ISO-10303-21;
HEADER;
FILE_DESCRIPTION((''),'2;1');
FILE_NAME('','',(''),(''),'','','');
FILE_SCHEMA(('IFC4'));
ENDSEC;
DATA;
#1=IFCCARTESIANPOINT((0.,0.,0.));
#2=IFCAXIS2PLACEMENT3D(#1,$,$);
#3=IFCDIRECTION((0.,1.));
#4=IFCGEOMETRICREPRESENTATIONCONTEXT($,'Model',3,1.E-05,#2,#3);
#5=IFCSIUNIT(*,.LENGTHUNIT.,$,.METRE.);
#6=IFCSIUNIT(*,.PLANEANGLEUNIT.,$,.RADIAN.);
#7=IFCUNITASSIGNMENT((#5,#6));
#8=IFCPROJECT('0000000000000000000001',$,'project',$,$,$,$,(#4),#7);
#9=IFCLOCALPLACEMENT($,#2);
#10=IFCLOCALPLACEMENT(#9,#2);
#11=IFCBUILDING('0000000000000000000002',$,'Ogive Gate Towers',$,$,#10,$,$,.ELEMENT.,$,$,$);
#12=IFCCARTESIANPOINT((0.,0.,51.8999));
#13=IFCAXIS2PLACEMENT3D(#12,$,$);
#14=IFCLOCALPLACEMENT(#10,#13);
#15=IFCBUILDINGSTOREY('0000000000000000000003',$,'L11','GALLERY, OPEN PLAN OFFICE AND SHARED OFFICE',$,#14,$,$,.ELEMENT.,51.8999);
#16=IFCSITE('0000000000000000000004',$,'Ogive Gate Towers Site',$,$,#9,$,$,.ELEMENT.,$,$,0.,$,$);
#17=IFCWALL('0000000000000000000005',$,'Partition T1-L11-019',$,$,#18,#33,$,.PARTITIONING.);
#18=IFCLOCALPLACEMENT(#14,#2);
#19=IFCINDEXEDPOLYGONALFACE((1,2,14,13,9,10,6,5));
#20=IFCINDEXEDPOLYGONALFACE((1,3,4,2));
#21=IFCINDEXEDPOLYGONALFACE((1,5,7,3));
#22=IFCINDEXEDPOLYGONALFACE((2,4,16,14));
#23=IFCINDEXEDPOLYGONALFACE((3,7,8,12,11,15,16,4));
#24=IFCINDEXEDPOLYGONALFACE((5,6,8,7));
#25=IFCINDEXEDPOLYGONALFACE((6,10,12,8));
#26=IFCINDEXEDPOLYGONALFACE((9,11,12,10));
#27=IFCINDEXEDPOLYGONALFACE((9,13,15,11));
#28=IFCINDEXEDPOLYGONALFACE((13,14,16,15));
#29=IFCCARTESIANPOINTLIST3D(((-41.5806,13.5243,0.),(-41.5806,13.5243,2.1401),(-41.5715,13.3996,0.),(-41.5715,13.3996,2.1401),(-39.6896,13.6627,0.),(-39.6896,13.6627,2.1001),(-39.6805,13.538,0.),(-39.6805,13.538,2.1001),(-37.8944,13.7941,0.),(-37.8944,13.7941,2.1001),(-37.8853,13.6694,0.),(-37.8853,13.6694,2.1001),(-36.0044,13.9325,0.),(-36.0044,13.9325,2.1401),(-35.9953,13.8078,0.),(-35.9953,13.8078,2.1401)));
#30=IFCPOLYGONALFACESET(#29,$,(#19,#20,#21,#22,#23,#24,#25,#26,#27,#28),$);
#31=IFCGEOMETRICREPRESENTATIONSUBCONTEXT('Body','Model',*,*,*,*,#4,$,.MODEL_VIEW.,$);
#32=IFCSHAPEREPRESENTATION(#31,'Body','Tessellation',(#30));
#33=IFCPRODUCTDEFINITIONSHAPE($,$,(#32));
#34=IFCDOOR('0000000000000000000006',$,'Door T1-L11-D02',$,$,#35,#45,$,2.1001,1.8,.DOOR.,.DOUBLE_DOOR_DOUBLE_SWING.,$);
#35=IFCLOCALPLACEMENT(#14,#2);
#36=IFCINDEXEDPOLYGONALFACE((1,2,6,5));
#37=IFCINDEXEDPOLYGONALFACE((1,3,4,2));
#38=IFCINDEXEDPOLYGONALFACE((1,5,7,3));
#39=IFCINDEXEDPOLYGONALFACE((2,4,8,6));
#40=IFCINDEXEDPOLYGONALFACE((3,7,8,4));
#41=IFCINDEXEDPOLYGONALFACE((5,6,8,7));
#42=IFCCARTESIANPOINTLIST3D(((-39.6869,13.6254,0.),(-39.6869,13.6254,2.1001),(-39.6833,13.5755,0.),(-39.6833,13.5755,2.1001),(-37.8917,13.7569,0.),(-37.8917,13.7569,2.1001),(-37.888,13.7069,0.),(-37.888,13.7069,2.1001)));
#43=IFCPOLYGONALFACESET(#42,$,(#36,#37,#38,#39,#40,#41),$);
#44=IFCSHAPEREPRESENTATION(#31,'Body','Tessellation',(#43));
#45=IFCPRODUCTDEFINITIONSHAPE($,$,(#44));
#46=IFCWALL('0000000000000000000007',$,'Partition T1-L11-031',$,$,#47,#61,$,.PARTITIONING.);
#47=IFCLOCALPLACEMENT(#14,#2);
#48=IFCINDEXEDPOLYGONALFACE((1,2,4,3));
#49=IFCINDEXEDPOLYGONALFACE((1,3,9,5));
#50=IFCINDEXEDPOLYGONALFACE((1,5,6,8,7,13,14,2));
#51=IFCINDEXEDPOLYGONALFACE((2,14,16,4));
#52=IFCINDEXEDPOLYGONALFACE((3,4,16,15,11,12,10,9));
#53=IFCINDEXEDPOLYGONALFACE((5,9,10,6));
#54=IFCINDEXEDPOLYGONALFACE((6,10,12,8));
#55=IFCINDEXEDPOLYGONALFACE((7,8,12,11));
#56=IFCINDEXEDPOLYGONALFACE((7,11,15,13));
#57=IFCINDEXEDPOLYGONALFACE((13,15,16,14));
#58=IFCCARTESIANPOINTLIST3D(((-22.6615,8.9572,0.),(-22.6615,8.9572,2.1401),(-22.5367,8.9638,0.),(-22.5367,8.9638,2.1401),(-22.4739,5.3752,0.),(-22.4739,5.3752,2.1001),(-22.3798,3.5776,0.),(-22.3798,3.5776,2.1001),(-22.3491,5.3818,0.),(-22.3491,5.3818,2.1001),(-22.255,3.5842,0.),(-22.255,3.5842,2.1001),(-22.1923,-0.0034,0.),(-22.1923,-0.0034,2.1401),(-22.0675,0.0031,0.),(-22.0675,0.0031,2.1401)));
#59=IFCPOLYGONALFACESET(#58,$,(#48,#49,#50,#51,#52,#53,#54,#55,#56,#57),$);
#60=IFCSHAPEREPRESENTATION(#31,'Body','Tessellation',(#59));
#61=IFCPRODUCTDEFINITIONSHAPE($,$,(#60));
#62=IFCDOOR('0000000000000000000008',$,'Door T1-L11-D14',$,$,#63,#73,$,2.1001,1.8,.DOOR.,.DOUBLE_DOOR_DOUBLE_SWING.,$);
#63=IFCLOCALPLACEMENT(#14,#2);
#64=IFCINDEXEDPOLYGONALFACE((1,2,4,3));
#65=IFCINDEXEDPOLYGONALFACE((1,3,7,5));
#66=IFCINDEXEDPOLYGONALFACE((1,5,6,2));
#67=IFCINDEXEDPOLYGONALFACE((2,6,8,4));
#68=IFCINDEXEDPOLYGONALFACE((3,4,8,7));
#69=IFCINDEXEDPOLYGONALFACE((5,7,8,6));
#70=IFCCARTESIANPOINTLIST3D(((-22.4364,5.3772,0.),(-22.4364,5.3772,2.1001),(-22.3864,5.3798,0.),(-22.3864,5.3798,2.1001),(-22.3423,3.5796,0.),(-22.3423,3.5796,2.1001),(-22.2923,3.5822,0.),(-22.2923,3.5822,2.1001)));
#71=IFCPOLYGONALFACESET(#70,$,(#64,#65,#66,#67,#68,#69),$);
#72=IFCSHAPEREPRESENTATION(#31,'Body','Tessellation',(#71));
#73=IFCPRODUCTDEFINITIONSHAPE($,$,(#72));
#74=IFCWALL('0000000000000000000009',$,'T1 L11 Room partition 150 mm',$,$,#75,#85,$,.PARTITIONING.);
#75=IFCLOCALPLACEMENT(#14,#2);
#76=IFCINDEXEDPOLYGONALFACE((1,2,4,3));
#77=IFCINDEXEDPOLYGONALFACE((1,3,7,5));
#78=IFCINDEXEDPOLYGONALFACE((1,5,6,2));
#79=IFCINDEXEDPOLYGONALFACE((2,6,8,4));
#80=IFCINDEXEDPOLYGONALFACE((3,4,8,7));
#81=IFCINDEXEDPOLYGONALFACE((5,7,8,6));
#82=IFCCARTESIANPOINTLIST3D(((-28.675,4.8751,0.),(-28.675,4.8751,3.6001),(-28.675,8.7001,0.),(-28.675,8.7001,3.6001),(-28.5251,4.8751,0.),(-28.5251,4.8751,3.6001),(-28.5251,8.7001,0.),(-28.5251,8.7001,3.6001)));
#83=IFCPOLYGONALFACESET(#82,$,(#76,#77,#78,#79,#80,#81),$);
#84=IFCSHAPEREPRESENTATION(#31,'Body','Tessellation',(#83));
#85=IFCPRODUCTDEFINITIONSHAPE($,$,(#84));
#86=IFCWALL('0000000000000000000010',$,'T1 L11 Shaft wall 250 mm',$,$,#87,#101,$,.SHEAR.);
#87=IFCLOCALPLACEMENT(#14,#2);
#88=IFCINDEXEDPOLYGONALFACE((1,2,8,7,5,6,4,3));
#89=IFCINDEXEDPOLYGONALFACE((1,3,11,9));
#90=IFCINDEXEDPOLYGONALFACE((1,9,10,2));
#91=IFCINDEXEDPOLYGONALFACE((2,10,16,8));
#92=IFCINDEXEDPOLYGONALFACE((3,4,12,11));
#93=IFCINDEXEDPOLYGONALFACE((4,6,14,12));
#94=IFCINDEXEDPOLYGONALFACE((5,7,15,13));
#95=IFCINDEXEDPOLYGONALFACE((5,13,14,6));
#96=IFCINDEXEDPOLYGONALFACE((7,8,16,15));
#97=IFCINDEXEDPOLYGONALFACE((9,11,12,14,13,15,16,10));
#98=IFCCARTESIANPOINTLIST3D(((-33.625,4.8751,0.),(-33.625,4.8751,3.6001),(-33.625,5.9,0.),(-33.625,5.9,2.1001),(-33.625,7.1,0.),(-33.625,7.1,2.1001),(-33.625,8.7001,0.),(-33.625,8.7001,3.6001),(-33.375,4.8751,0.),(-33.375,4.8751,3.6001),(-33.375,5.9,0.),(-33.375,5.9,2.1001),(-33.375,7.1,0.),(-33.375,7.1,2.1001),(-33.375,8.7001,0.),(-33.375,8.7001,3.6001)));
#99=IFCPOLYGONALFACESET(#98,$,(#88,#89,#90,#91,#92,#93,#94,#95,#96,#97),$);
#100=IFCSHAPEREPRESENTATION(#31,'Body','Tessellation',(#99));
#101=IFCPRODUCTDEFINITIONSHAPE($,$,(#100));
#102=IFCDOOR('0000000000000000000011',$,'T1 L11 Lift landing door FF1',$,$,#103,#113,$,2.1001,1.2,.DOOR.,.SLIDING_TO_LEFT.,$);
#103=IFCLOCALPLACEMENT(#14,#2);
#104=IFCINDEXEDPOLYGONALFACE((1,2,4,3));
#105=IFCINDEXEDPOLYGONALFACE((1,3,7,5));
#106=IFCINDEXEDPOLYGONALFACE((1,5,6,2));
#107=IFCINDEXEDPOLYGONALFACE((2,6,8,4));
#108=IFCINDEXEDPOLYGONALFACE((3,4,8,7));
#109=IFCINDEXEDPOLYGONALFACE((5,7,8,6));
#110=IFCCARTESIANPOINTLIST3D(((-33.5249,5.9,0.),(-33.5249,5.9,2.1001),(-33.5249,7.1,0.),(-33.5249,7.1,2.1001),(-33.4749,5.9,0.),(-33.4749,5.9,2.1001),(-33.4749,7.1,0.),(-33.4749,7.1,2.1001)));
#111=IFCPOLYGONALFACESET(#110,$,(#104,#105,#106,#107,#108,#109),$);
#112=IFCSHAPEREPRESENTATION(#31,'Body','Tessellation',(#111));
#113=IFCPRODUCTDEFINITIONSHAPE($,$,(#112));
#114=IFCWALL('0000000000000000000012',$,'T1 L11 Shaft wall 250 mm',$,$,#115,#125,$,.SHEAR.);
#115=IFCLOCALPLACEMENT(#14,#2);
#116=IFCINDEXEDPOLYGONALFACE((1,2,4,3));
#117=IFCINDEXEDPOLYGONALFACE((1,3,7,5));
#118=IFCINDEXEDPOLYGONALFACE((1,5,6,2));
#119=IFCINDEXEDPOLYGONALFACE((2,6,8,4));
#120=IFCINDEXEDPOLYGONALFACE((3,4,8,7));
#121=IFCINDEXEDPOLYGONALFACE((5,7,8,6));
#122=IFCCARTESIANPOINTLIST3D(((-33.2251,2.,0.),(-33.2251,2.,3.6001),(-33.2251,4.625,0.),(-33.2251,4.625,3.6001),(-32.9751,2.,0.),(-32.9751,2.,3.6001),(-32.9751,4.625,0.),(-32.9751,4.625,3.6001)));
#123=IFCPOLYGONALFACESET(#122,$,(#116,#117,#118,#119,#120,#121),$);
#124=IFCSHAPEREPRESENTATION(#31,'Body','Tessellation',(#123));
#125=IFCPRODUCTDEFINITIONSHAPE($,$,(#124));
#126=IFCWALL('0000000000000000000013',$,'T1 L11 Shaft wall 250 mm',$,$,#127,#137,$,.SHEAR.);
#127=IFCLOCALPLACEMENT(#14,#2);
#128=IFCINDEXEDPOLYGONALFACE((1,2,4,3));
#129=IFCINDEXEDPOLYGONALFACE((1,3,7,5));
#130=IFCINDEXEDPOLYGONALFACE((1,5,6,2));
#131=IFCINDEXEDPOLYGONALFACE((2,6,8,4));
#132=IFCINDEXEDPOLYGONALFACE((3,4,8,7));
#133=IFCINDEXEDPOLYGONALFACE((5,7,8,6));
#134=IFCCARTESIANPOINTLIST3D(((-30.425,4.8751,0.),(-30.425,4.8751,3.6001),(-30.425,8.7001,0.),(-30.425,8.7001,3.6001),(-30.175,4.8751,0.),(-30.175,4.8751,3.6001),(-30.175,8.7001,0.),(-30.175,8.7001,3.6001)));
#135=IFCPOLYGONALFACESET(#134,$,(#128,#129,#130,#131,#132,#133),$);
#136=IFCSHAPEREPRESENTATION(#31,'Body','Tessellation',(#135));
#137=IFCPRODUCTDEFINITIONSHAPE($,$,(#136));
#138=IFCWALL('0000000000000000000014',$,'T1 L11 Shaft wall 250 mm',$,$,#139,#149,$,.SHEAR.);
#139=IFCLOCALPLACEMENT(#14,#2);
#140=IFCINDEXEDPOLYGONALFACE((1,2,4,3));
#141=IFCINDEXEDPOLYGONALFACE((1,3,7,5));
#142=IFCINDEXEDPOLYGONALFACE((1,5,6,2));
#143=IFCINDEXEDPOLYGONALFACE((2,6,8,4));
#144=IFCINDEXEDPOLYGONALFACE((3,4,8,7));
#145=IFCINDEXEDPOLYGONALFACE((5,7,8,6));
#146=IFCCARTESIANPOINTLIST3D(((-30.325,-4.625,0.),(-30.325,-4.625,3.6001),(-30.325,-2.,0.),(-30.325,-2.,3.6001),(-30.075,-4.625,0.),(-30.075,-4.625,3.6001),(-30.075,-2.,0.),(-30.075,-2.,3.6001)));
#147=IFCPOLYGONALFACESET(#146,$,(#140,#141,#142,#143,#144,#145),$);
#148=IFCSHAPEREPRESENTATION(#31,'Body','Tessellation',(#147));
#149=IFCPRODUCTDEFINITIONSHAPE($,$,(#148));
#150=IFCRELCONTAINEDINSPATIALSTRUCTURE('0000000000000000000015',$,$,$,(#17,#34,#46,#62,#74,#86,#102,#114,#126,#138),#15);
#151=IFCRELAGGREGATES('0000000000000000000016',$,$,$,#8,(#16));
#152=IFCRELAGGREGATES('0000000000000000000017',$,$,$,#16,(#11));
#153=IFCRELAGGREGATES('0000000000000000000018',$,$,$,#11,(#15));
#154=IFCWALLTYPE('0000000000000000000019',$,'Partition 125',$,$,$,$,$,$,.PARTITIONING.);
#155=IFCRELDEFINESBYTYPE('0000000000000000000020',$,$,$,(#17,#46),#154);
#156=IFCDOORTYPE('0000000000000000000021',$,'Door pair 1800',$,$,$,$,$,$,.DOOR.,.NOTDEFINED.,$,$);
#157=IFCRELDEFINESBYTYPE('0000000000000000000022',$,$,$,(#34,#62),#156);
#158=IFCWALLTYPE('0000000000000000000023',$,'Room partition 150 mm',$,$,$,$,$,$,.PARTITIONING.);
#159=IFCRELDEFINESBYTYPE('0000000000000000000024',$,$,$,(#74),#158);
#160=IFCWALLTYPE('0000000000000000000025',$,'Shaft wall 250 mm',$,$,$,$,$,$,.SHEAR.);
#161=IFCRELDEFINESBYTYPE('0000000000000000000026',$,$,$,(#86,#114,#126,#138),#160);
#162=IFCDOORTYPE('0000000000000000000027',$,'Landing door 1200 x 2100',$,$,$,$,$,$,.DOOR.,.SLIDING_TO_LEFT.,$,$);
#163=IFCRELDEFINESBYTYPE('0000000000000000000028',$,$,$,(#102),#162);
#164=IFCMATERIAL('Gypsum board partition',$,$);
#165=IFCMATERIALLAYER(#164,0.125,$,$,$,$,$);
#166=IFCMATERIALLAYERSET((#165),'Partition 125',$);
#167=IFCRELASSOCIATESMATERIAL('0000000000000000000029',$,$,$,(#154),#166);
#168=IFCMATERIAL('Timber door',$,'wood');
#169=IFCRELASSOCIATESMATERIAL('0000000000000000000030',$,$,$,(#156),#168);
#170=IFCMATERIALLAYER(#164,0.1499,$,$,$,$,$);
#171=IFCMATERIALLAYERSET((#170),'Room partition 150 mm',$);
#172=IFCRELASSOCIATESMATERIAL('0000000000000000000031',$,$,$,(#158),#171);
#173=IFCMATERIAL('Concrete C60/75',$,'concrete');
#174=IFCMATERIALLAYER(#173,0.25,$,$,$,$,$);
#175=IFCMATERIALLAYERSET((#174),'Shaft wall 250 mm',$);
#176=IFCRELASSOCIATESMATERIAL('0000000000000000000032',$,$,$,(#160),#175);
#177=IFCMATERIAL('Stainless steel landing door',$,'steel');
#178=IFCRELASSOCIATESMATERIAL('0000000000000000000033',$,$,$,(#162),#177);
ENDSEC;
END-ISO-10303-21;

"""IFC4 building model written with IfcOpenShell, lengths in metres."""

from ifc_helpers import new_model, si_unit, direction, frame, frame_2d, origin, place, context, subcontext, project, spatial, rectangle, extrude, material, layer, layer_set, type_object, element, fill, save


model = new_model("IFC4")

# Units and contexts
model_context = context("Model", 3, precision=1e-05, world=origin(), true_north=direction((0.0, 1.0)))
body_context = subcontext(model_context, "Body", "Model", "MODEL_VIEW")
ifc_project = project(units=[si_unit("LENGTHUNIT", "METRE"), si_unit("PLANEANGLEUNIT", "RADIAN")], contexts=[model_context])

# Site, building, storey
site_placement = place(None, origin())
site = spatial("IfcSite", under=ifc_project, at=site_placement, Name="Ogive Gate Towers Site", CompositionType="ELEMENT", RefElevation=0.0)
building_placement = place(site_placement, origin())
building = spatial("IfcBuilding", under=site, at=building_placement, Name="Ogive Gate Towers", CompositionType="ELEMENT")
storey_placement = place(building_placement, frame((0.0, 0.0, 51.8999)))
storey = spatial("IfcBuildingStorey", under=building, at=storey_placement, Name="L11", Description="GALLERY, OPEN PLAN OFFICE AND SHARED OFFICE", CompositionType="ELEMENT", Elevation=51.8999)

# Shared definitions
ifc_material_1 = material(Name="Timber door", Category="wood")

# Shared definitions
ifc_material_2 = material(Name="Gypsum board partition")
ifc_layer_1 = layer(ifc_material_2, 0.125)
ifc_layer_set_1 = layer_set([ifc_layer_1], Name="Partition 125")
wall_type_1 = type_object("IfcWallType", Name="Partition 125", PredefinedType="PARTITIONING", material=ifc_layer_set_1)

# Walls, openings, doors
door_type_1 = type_object("IfcDoorType", Name="Door pair 1800", OperationType="NOTDEFINED", PredefinedType="DOOR", material=ifc_material_1)
wall_1_placement = place(storey_placement, frame((-36.0, 13.8701, 0.0), z_axis=(0.0, 0.0, 1.0), x_axis=(-0.997331, -0.07301, 0.0)))
wall_1 = element("IfcWall", 1, at=wall_1_placement, inside=storey, type_object=wall_type_1, Name="Partition T1-L11-019", PredefinedType="PARTITIONING", context=body_context, shape_type="SweptSolid", body=[
    extrude(rectangle(XDim=5.5911, YDim=0.125, at=frame_2d((2.7954, 0.0))), origin(), (0.0, 0.0, 1.0), 2.1401),
])
opening_1_placement = place(wall_1_placement, frame((1.895, 0.0, 0.0)))
opening_1 = element("IfcOpeningElement", 2, at=opening_1_placement, cuts=wall_1, PredefinedType="OPENING", context=body_context, shape_type="SweptSolid", body=[
    extrude(rectangle(XDim=1.8, YDim=2.1001, at=frame_2d((0.8999, 1.05))), frame((0.0, 0.0725, 0.0), z_axis=(0.0, -1.0, 0.0), x_axis=(1.0, 0.0, 0.0)), (0.0, 0.0, 1.0), 0.145),
])
door_1_placement = place(opening_1_placement, origin())
door_1 = element("IfcDoor", 3, at=door_1_placement, inside=storey, type_object=door_type_1, Name="Door T1-L11-D02", OperationType="DOUBLE_DOOR_DOUBLE_SWING", OverallHeight=2.1001, OverallWidth=1.8, PredefinedType="DOOR", context=body_context, shape_type="SweptSolid", body=[
    extrude(rectangle(XDim=1.8, YDim=2.1001, at=frame_2d((0.8999, 1.05))), frame((0.0, 0.0249, 0.0), z_axis=(0.0, -1.0, 0.0), x_axis=(1.0, 0.0, 0.0)), (0.0, 0.0, 1.0), 0.05),
])
fill(opening_1, door_1)
wall_2_placement = place(storey_placement, frame((-22.1299, 0.0, 0.0), z_axis=(0.0, 0.0, 1.0), x_axis=(-0.052295, 0.998632, 0.0)))
wall_2 = element("IfcWall", 4, at=wall_2_placement, inside=storey, type_object=wall_type_1, Name="Partition T1-L11-031", PredefinedType="PARTITIONING", context=body_context, shape_type="SweptSolid", body=[
    extrude(rectangle(XDim=8.9729, YDim=0.125, at=frame_2d((4.4863, 0.0))), origin(), (0.0, 0.0, 1.0), 2.1401),
])
opening_2_placement = place(wall_2_placement, frame((3.5859, 0.0, 0.0)))
opening_2 = element("IfcOpeningElement", 5, at=opening_2_placement, cuts=wall_2, PredefinedType="OPENING", context=body_context, shape_type="SweptSolid", body=[
    extrude(rectangle(XDim=1.8, YDim=2.1001, at=frame_2d((0.8999, 1.05))), frame((0.0, 0.0725, 0.0), z_axis=(0.0, -1.0, 0.0), x_axis=(1.0, 0.0, 0.0)), (0.0, 0.0, 1.0), 0.145),
])
door_2_placement = place(opening_2_placement, origin())
door_2 = element("IfcDoor", 6, at=door_2_placement, inside=storey, type_object=door_type_1, Name="Door T1-L11-D14", OperationType="DOUBLE_DOOR_DOUBLE_SWING", OverallHeight=2.1001, OverallWidth=1.8, PredefinedType="DOOR", context=body_context, shape_type="SweptSolid", body=[
    extrude(rectangle(XDim=1.8, YDim=2.1001, at=frame_2d((0.8999, 1.05))), frame((0.0, 0.0249, 0.0), z_axis=(0.0, -1.0, 0.0), x_axis=(1.0, 0.0, 0.0)), (0.0, 0.0, 1.0), 0.05),
])
fill(opening_2, door_2)

# Wall
ifc_layer_2 = layer(ifc_material_2, 0.1499)
ifc_layer_set_2 = layer_set([ifc_layer_2], Name="Room partition 150 mm")
wall_type_2 = type_object("IfcWallType", Name="Room partition 150 mm", PredefinedType="PARTITIONING", material=ifc_layer_set_2)
wall_3_placement = place(storey_placement, frame((-28.6001, 4.875, 0.0), z_axis=(0.0, 0.0, 1.0), x_axis=(0.0, 1.0, 0.0)))
element("IfcWall", 7, at=wall_3_placement, inside=storey, type_object=wall_type_2, Name="T1 L11 Room partition 150 mm", PredefinedType="PARTITIONING", context=body_context, shape_type="SweptSolid", body=[
    extrude(rectangle(XDim=3.825, YDim=0.1499, at=frame_2d((1.9126, 0.0))), origin(), (0.0, 0.0, 1.0), 3.6001),
])

# Wall, opening, door
ifc_material_3 = material(Name="Concrete C60/75", Category="concrete")
ifc_layer_3 = layer(ifc_material_3, 0.25)
ifc_layer_set_3 = layer_set([ifc_layer_3], Name="Shaft wall 250 mm")
wall_type_3 = type_object("IfcWallType", Name="Shaft wall 250 mm", PredefinedType="SHEAR", material=ifc_layer_set_3)
wall_4_placement = place(storey_placement, frame((-33.5, 4.875, 0.0), z_axis=(0.0, 0.0, 1.0), x_axis=(0.0, 1.0, 0.0)))
wall_4 = element("IfcWall", 8, at=wall_4_placement, inside=storey, type_object=wall_type_3, Name="T1 L11 Shaft wall 250 mm", PredefinedType="SHEAR", context=body_context, shape_type="SweptSolid", body=[
    extrude(rectangle(XDim=3.825, YDim=0.25, at=frame_2d((1.9126, 0.0))), origin(), (0.0, 0.0, 1.0), 3.6001),
])
opening_3_placement = place(wall_4_placement, frame((1.0249, 0.0, 0.0)))
opening_3 = element("IfcOpeningElement", 9, at=opening_3_placement, cuts=wall_4, PredefinedType="OPENING", context=body_context, shape_type="SweptSolid", body=[
    extrude(rectangle(XDim=1.2, YDim=2.1001, at=frame_2d((0.6001, 1.05))), frame((0.0, 0.135, 0.0), z_axis=(0.0, -1.0, 0.0), x_axis=(1.0, 0.0, 0.0)), (0.0, 0.0, 1.0), 0.27),
])
ifc_material_4 = material(Name="Stainless steel landing door", Category="steel")
door_type_2 = type_object("IfcDoorType", Name="Landing door 1200 x 2100", OperationType="SLIDING_TO_LEFT", PredefinedType="DOOR", material=ifc_material_4)
door_3_placement = place(opening_3_placement, origin())
door_3 = element("IfcDoor", 10, at=door_3_placement, inside=storey, type_object=door_type_2, Name="T1 L11 Lift landing door FF1", OperationType="SLIDING_TO_LEFT", OverallHeight=2.1001, OverallWidth=1.2, PredefinedType="DOOR", context=body_context, shape_type="SweptSolid", body=[
    extrude(rectangle(XDim=1.2, YDim=2.1001, at=frame_2d((0.6001, 1.05))), frame((0.0, 0.0249, 0.0), z_axis=(0.0, -1.0, 0.0), x_axis=(1.0, 0.0, 0.0)), (0.0, 0.0, 1.0), 0.05),
])
fill(opening_3, door_3)

# Walls
wall_5_placement = place(storey_placement, frame((-33.1001, 2.0, 0.0), z_axis=(0.0, 0.0, 1.0), x_axis=(0.0, 1.0, 0.0)))
element("IfcWall", 11, at=wall_5_placement, inside=storey, type_object=wall_type_3, Name="T1 L11 Shaft wall 250 mm", PredefinedType="SHEAR", context=body_context, shape_type="SweptSolid", body=[
    extrude(rectangle(XDim=2.625, YDim=0.25, at=frame_2d((1.3125, 0.0))), origin(), (0.0, 0.0, 1.0), 3.6001),
])
wall_6_placement = place(storey_placement, frame((-30.3, 4.875, 0.0), z_axis=(0.0, 0.0, 1.0), x_axis=(0.0, 1.0, 0.0)))
element("IfcWall", 12, at=wall_6_placement, inside=storey, type_object=wall_type_3, Name="T1 L11 Shaft wall 250 mm", PredefinedType="SHEAR", context=body_context, shape_type="SweptSolid", body=[
    extrude(rectangle(XDim=3.825, YDim=0.25, at=frame_2d((1.9126, 0.0))), origin(), (0.0, 0.0, 1.0), 3.6001),
])
wall_7_placement = place(storey_placement, frame((-30.2, -4.625, 0.0), z_axis=(0.0, 0.0, 1.0), x_axis=(0.0, 1.0, 0.0)))
element("IfcWall", 13, at=wall_7_placement, inside=storey, type_object=wall_type_3, Name="T1 L11 Shaft wall 250 mm", PredefinedType="SHEAR", context=body_context, shape_type="SweptSolid", body=[
    extrude(rectangle(XDim=2.625, YDim=0.25, at=frame_2d((1.3125, 0.0))), origin(), (0.0, 0.0, 1.0), 3.6001),
])

save(model, "model.ifc")
